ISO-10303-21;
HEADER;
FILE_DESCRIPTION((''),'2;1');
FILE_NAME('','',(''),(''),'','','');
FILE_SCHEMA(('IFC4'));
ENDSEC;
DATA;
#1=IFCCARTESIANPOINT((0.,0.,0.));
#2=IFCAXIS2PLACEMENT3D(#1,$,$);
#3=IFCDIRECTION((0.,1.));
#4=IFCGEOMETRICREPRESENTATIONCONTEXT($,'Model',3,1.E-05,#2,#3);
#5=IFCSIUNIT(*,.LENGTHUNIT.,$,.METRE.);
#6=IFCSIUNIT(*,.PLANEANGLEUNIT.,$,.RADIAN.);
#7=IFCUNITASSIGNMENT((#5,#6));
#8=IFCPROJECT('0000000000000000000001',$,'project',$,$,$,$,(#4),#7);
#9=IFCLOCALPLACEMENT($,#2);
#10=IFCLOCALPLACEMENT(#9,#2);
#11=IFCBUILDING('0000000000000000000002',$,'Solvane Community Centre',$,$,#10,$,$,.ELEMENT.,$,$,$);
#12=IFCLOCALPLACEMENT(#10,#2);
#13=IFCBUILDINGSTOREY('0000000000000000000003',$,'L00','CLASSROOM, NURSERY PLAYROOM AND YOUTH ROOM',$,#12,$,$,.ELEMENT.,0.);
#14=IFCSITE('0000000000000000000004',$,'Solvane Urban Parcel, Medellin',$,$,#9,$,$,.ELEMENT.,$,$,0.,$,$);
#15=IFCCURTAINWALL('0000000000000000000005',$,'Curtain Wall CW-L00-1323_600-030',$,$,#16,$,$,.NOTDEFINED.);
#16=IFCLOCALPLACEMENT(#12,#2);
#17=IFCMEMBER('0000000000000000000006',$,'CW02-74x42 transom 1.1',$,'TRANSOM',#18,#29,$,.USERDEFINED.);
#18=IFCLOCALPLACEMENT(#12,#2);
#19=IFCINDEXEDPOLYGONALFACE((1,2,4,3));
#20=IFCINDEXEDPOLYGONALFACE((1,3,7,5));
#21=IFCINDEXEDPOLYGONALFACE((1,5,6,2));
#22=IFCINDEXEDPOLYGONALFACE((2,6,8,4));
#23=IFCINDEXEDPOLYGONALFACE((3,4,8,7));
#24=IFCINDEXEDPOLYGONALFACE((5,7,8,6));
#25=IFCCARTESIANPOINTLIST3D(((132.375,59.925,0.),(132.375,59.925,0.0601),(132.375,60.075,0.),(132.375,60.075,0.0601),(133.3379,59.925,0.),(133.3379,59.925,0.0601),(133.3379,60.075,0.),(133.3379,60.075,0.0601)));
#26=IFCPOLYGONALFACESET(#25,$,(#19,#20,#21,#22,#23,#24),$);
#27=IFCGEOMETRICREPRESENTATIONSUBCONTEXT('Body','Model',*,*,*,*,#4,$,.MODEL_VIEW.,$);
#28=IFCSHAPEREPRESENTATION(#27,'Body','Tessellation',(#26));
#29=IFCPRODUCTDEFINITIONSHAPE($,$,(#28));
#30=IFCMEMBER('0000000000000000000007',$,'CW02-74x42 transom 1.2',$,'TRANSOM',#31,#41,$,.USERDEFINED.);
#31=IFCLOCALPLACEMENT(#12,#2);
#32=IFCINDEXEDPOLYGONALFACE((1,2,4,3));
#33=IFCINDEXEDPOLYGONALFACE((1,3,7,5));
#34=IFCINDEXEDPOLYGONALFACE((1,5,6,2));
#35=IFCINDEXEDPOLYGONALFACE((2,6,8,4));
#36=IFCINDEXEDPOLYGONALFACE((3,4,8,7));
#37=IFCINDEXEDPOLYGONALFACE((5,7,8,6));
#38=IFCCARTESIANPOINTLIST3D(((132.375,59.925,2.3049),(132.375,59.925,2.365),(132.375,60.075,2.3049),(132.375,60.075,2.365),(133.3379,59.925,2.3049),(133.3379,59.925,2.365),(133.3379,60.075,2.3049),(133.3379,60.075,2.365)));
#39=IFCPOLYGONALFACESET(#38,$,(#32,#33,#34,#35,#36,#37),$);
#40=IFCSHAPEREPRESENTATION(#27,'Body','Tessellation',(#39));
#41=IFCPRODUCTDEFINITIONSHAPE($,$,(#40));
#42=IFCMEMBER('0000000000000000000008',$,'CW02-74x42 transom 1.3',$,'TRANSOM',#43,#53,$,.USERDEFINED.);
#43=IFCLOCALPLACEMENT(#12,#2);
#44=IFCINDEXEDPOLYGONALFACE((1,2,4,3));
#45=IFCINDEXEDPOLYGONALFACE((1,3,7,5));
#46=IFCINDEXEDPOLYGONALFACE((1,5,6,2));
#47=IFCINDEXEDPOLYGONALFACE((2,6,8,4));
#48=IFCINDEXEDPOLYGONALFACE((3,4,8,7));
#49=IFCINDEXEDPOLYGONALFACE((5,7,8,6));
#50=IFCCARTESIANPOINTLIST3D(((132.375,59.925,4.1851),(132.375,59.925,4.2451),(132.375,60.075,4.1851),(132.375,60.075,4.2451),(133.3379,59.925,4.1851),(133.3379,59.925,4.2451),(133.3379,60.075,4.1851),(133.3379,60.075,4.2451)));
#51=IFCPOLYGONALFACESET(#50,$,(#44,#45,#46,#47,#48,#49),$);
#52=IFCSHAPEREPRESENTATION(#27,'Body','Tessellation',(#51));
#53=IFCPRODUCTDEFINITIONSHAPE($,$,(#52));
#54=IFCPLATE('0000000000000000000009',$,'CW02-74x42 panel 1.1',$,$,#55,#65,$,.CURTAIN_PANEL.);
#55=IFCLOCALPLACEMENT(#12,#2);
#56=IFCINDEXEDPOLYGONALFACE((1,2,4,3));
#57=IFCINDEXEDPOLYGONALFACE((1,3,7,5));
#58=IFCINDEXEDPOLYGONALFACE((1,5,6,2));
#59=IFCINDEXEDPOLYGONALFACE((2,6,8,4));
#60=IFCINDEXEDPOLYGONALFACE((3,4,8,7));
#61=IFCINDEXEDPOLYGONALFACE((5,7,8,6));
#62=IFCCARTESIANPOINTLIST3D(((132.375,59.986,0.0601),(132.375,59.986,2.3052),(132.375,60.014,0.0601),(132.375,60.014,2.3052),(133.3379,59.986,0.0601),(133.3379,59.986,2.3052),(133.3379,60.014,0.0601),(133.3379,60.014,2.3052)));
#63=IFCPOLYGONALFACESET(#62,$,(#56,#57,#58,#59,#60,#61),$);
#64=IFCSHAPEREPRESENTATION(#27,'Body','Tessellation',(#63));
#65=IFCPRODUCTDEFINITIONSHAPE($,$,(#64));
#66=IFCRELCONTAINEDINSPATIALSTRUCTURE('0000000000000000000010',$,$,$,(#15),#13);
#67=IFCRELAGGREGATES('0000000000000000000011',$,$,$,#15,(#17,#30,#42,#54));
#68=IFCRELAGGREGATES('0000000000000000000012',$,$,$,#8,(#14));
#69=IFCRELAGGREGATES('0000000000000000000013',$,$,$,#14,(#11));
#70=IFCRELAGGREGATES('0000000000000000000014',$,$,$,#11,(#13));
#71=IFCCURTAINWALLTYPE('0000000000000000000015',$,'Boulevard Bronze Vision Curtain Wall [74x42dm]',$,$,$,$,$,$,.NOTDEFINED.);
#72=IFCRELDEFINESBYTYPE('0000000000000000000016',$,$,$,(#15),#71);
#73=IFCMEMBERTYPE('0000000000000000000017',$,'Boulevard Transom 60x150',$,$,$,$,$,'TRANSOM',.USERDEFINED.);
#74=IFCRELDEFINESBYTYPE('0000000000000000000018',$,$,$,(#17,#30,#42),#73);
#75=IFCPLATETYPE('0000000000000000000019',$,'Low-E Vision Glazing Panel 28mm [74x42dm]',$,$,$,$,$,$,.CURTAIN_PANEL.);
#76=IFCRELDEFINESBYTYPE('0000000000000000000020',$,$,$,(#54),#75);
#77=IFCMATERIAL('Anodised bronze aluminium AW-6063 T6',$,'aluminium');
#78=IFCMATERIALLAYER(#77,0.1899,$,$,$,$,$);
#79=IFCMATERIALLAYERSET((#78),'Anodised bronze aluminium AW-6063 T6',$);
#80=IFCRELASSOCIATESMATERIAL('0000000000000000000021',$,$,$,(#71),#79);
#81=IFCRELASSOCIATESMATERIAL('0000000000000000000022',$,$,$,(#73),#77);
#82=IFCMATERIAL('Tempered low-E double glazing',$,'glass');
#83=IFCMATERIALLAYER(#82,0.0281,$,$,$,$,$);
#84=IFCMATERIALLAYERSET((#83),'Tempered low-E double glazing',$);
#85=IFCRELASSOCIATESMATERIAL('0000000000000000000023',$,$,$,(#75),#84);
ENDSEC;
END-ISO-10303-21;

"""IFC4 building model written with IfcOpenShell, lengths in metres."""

from ifc_helpers import new_model, si_unit, direction, frame, origin, origin_2d, place, context, subcontext, project, spatial, rectangle, extrude, material, layer, layer_set, material_profile, profile_set, type_object, element, aggregate, save


model = new_model("IFC4")

# Units and contexts
model_context = context("Model", 3, precision=1e-05, world=origin(), true_north=direction((0.0, 1.0)))
body_context = subcontext(model_context, "Body", "Model", "MODEL_VIEW")
ifc_project = project(units=[si_unit("LENGTHUNIT", "METRE"), si_unit("PLANEANGLEUNIT", "RADIAN")], contexts=[model_context])

# Site, building, storey
site_placement = place(None, origin())
site = spatial("IfcSite", under=ifc_project, at=site_placement, Name="Solvane Urban Parcel, Medellin", CompositionType="ELEMENT", RefElevation=0.0)
building_placement = place(site_placement, origin())
building = spatial("IfcBuilding", under=site, at=building_placement, Name="Solvane Community Centre", CompositionType="ELEMENT")
storey_placement = place(building_placement, origin())
storey = spatial("IfcBuildingStorey", under=building, at=storey_placement, Name="L00", Description="CLASSROOM, NURSERY PLAYROOM AND YOUTH ROOM", CompositionType="ELEMENT", Elevation=0.0)

# Curtain wall, members, plate
ifc_material_1 = material(Name="Anodised bronze aluminium AW-6063 T6", Category="aluminium")
ifc_layer_1 = layer(ifc_material_1, 0.1899)
ifc_layer_set_1 = layer_set([ifc_layer_1], Name="Anodised bronze aluminium AW-6063 T6")
curtain_wall_type = type_object("IfcCurtainWallType", Name="Boulevard Bronze Vision Curtain Wall [74x42dm]", PredefinedType="NOTDEFINED", material=ifc_layer_set_1)
curtain_wall_placement = place(storey_placement, origin())
curtain_wall = element("IfcCurtainWall", 1, at=curtain_wall_placement, inside=storey, type_object=curtain_wall_type, Name="Curtain Wall CW-L00-1323_600-030", PredefinedType="NOTDEFINED")
ifc_material_profile_1 = material_profile(ifc_material_1, rectangle(XDim=0.1499, YDim=0.0601, at=origin_2d()), Name="CW-T 60x150")
ifc_profile_set_1 = profile_set([ifc_material_profile_1], Name="Anodised bronze aluminium AW-6063 T6")
member_type_1 = type_object("IfcMemberType", Name="Boulevard Transom 60x150", ElementType="TRANSOM", PredefinedType="USERDEFINED", material=ifc_profile_set_1)
member_1_placement = place(storey_placement, frame((132.375, 60.0, 0.03), z_axis=(1.0, 0.0, 0.0), x_axis=(0.0, 1.0, 0.0)))
member_1 = element("IfcMember", 2, at=member_1_placement, type_object=member_type_1, Name="CW02-74x42 transom 1.1", ObjectType="TRANSOM", PredefinedType="USERDEFINED", context=body_context, shape_type="SweptSolid", body=[
    extrude(rectangle(XDim=0.1499, YDim=0.0601, at=origin_2d()), origin(), (0.0, 0.0, 1.0), 0.9629),
])
member_2_placement = place(storey_placement, frame((132.375, 60.0, 2.335), z_axis=(1.0, 0.0, 0.0), x_axis=(0.0, 1.0, 0.0)))
member_2 = element("IfcMember", 3, at=member_2_placement, type_object=member_type_1, Name="CW02-74x42 transom 1.2", ObjectType="TRANSOM", PredefinedType="USERDEFINED", context=body_context, shape_type="SweptSolid", body=[
    extrude(rectangle(XDim=0.1499, YDim=0.0601, at=origin_2d()), origin(), (0.0, 0.0, 1.0), 0.9629),
])
member_3_placement = place(storey_placement, frame((132.375, 60.0, 4.2151), z_axis=(1.0, 0.0, 0.0), x_axis=(0.0, 1.0, 0.0)))
member_3 = element("IfcMember", 4, at=member_3_placement, type_object=member_type_1, Name="CW02-74x42 transom 1.3", ObjectType="TRANSOM", PredefinedType="USERDEFINED", context=body_context, shape_type="SweptSolid", body=[
    extrude(rectangle(XDim=0.1499, YDim=0.0601, at=origin_2d()), origin(), (0.0, 0.0, 1.0), 0.9629),
])
ifc_material_2 = material(Name="Tempered low-E double glazing", Category="glass")
ifc_layer_2 = layer(ifc_material_2, 0.0281)
ifc_layer_set_2 = layer_set([ifc_layer_2], Name="Tempered low-E double glazing")
plate_type = type_object("IfcPlateType", Name="Low-E Vision Glazing Panel 28mm [74x42dm]", PredefinedType="CURTAIN_PANEL", material=ifc_layer_set_2)
plate_placement = place(storey_placement, frame((132.8564, 60.0, 0.0601), z_axis=(0.0, 0.0, 1.0), x_axis=(1.0, 0.0, 0.0)))
plate = element("IfcPlate", 5, at=plate_placement, type_object=plate_type, Name="CW02-74x42 panel 1.1", PredefinedType="CURTAIN_PANEL", context=body_context, shape_type="SweptSolid", body=[
    extrude(rectangle(XDim=0.9629, YDim=0.0281, at=origin_2d()), origin(), (0.0, 0.0, 1.0), 2.2451),
])
aggregate(curtain_wall, [member_1, member_2, member_3, plate])

save(model, "model.ifc")
